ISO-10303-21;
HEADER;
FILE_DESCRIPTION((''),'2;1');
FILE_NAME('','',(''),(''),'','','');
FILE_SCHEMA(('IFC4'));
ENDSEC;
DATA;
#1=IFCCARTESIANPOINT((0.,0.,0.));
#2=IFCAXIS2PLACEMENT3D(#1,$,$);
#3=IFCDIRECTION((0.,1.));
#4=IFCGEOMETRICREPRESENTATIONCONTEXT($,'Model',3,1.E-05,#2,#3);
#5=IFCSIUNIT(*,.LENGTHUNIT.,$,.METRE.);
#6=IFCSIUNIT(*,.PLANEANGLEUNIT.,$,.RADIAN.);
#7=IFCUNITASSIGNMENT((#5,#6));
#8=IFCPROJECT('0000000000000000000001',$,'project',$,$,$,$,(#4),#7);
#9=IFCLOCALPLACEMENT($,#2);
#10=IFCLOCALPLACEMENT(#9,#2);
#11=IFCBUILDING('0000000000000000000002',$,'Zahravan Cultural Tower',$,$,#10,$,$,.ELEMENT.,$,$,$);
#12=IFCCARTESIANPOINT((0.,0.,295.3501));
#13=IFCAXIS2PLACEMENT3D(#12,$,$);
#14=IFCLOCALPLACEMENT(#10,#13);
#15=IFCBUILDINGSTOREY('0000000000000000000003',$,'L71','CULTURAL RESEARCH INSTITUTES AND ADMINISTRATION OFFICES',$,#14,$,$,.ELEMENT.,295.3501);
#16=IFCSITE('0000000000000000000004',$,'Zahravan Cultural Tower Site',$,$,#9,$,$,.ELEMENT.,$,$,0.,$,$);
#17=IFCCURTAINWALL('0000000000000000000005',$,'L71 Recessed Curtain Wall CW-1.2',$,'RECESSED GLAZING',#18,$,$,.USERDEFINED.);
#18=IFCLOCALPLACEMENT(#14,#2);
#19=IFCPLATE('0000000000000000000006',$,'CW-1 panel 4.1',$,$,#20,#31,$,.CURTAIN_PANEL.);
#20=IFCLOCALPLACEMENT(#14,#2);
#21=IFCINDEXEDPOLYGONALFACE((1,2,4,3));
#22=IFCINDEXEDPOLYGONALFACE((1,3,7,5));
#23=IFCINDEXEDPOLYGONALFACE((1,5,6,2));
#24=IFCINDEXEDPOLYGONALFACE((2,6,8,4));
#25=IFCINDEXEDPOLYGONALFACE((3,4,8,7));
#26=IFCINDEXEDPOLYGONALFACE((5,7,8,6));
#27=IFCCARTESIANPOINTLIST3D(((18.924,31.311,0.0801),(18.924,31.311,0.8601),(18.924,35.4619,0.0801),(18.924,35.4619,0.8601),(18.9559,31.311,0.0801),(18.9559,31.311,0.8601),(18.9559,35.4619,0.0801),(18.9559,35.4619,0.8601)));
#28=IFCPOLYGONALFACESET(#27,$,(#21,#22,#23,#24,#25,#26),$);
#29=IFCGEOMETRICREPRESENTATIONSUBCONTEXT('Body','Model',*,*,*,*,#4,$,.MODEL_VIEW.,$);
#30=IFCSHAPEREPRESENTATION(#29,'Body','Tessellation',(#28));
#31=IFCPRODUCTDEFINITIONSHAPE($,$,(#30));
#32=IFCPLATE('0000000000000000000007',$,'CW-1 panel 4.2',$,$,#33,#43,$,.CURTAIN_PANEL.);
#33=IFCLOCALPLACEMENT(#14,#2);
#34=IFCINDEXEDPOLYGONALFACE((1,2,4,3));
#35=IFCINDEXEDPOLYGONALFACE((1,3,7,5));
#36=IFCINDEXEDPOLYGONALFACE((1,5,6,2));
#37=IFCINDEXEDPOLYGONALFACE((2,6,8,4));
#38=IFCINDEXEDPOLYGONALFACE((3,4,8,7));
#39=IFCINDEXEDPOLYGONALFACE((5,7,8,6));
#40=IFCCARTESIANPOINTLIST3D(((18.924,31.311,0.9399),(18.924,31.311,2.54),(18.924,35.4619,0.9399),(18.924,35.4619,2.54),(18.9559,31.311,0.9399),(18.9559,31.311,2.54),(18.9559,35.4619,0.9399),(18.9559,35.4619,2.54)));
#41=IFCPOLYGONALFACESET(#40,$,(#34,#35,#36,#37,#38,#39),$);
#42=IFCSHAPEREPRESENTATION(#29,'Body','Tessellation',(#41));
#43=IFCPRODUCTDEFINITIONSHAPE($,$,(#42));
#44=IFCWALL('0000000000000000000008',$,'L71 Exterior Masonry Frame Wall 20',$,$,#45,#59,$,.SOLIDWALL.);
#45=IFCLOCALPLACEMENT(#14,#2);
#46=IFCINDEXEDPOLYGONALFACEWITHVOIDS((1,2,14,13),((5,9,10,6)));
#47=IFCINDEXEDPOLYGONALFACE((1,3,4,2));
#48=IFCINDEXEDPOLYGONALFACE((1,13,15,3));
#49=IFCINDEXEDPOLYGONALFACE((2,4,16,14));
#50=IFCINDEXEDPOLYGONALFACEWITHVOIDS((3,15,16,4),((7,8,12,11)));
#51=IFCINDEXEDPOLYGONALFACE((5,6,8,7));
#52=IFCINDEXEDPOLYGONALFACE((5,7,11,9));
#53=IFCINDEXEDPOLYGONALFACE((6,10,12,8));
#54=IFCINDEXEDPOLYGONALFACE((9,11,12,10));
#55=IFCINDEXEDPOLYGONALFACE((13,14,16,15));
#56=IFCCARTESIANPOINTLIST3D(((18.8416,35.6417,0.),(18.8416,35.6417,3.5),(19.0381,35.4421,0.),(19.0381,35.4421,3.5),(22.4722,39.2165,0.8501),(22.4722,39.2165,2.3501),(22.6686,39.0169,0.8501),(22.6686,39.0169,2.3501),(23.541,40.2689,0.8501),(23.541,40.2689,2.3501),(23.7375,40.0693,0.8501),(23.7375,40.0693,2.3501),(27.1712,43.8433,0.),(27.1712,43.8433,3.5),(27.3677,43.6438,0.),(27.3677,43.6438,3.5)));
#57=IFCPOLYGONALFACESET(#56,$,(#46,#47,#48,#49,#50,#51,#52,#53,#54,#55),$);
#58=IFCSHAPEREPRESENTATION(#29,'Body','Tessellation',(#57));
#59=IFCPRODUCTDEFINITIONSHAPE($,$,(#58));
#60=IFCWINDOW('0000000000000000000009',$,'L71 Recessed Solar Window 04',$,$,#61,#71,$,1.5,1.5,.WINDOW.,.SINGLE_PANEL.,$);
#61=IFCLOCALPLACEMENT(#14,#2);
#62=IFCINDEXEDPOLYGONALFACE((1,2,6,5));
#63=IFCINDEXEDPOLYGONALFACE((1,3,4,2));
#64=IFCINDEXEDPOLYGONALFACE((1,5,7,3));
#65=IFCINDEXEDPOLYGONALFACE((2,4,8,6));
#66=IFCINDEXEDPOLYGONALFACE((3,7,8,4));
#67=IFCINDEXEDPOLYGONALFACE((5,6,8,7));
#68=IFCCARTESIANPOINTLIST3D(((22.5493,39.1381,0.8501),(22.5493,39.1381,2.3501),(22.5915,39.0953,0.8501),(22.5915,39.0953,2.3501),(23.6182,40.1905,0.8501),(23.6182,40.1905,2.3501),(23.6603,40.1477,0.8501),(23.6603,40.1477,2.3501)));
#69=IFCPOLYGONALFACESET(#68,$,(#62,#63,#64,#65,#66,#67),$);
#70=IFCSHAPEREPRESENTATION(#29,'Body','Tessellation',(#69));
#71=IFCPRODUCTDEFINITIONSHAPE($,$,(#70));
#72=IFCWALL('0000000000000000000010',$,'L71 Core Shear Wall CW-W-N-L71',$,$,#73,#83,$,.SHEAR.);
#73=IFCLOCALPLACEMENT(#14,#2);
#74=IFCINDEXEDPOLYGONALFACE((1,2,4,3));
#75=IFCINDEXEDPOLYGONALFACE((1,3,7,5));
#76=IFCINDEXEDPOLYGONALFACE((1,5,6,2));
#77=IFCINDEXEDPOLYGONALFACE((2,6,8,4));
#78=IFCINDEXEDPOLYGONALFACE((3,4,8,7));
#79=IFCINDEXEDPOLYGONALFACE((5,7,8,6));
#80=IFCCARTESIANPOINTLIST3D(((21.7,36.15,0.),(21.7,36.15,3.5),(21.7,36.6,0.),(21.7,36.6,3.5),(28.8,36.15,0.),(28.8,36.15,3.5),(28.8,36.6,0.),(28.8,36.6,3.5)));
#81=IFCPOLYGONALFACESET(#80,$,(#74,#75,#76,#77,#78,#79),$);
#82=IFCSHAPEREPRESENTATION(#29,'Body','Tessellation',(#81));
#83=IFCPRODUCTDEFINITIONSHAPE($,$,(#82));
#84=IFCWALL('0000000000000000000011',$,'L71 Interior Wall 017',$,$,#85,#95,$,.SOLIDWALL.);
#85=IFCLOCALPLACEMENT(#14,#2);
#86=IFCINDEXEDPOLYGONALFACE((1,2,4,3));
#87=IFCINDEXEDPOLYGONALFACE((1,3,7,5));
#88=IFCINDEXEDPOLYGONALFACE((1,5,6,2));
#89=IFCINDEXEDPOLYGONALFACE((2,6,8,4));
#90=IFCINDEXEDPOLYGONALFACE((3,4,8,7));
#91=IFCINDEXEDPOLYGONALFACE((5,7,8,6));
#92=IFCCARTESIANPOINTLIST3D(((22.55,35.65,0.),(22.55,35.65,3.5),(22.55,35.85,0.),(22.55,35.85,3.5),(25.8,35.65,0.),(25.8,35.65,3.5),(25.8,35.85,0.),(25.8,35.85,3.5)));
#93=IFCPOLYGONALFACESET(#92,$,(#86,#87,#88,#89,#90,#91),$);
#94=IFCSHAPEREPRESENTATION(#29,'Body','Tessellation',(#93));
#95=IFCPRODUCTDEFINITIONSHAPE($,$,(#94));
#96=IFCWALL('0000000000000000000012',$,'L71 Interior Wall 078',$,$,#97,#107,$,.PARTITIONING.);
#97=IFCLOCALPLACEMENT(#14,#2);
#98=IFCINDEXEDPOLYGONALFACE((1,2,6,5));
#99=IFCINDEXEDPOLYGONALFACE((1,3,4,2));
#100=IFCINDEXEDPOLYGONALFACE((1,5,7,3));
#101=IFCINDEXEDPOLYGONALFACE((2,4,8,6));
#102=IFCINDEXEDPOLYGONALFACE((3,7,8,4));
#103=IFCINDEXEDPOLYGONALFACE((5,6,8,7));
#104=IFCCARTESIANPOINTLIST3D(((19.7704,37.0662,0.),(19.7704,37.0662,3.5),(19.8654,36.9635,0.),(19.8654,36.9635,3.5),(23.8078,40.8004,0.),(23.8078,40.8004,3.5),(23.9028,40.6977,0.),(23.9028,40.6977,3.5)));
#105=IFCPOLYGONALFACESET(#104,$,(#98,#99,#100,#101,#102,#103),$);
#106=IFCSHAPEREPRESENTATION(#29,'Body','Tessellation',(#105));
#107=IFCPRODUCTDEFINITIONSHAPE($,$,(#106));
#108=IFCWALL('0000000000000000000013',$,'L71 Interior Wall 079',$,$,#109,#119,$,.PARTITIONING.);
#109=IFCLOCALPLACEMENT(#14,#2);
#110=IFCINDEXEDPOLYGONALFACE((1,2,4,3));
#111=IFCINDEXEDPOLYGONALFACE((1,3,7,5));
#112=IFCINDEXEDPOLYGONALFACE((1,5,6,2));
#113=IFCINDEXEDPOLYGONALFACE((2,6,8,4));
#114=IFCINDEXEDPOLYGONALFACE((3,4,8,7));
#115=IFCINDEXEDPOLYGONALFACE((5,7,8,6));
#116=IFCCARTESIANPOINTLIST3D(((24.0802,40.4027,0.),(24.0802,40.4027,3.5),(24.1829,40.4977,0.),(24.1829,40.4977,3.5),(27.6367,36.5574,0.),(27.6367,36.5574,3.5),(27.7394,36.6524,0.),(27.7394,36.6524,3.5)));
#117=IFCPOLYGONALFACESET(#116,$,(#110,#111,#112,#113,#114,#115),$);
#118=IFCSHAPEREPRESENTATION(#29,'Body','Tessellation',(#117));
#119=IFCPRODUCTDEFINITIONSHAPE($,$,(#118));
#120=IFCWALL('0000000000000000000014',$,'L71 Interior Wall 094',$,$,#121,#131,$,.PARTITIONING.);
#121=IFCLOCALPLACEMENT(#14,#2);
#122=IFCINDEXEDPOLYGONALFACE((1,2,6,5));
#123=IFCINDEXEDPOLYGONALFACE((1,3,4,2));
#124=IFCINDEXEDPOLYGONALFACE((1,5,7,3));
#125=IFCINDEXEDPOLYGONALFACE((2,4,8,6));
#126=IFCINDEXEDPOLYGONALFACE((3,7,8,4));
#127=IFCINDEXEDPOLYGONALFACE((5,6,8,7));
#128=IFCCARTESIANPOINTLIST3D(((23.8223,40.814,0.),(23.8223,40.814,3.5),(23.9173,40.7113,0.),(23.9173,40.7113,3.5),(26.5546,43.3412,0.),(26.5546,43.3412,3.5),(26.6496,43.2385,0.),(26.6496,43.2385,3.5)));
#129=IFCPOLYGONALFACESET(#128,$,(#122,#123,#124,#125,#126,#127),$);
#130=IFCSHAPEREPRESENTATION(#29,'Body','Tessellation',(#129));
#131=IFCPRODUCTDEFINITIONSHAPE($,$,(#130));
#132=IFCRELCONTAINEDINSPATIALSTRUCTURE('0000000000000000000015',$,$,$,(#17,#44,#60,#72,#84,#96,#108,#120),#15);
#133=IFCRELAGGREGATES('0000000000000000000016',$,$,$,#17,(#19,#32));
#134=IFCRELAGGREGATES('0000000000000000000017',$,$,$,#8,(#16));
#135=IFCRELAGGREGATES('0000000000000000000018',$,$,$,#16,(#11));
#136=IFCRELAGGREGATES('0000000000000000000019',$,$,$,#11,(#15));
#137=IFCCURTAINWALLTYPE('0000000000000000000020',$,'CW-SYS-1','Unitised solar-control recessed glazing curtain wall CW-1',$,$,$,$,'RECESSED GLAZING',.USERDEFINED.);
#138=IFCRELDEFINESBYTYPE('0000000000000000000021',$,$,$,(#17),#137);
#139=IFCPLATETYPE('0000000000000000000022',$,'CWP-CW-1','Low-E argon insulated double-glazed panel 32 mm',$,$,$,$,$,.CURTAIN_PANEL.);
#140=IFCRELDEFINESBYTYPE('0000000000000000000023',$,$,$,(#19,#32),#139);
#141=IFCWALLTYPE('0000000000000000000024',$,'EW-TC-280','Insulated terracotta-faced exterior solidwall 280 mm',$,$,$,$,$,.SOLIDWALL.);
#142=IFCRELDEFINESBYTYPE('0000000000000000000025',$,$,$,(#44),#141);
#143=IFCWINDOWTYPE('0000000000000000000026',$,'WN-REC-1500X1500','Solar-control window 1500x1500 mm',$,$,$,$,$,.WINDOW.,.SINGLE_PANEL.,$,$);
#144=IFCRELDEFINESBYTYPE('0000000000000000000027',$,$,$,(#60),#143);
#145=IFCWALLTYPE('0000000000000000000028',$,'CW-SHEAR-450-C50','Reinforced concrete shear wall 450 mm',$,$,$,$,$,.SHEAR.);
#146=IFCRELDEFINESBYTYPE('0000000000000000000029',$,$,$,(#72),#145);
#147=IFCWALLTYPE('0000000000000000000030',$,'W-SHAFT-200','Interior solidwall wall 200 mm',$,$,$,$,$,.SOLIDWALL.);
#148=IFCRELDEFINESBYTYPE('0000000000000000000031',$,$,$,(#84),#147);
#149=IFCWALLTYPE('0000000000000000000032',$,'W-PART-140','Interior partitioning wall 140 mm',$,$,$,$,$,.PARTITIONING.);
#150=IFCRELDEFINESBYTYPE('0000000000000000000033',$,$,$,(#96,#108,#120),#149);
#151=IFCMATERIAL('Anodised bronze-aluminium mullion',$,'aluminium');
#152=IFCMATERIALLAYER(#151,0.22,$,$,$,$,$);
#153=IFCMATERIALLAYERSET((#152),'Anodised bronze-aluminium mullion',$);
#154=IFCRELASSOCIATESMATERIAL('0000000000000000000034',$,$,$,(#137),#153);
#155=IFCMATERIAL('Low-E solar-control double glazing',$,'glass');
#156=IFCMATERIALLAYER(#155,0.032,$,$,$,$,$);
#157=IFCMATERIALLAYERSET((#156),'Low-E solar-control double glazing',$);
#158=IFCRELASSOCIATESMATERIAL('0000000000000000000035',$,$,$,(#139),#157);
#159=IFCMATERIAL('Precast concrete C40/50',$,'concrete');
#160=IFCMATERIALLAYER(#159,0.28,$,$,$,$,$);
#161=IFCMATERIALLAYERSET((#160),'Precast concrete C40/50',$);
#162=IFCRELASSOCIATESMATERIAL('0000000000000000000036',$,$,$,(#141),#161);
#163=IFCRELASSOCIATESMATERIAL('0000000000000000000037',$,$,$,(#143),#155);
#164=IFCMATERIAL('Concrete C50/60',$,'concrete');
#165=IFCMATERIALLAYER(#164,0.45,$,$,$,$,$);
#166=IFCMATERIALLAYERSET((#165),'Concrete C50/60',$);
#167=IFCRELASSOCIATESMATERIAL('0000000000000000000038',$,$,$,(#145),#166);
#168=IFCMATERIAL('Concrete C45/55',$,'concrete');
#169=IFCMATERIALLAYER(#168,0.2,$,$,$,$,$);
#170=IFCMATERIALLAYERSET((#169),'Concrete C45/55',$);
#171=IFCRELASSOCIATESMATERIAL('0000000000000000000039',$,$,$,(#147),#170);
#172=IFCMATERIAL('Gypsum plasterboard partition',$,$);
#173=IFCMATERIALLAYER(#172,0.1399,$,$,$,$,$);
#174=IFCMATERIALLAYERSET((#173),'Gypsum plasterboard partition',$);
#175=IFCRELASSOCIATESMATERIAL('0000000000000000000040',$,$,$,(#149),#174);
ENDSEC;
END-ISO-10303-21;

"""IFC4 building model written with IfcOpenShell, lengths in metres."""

from ifc_helpers import new_model, si_unit, direction, frame, frame_2d, origin, origin_2d, place, context, subcontext, project, spatial, rectangle, extrude, source, transform, mapped, material, layer, layer_set, type_object, element, fill, aggregate, save


model = new_model("IFC4")

# Units and contexts
model_context = context("Model", 3, precision=1e-05, world=origin(), true_north=direction((0.0, 1.0)))
body_context = subcontext(model_context, "Body", "Model", "MODEL_VIEW")
ifc_project = project(units=[si_unit("LENGTHUNIT", "METRE"), si_unit("PLANEANGLEUNIT", "RADIAN")], contexts=[model_context])

# Site, building, storey
site_placement = place(None, origin())
site = spatial("IfcSite", under=ifc_project, at=site_placement, Name="Zahravan Cultural Tower Site", CompositionType="ELEMENT", RefElevation=0.0)
building_placement = place(site_placement, origin())
building = spatial("IfcBuilding", under=site, at=building_placement, Name="Zahravan Cultural Tower", CompositionType="ELEMENT")
storey_placement = place(building_placement, frame((0.0, 0.0, 295.3501)))
storey = spatial("IfcBuildingStorey", under=building, at=storey_placement, Name="L71", Description="CULTURAL RESEARCH INSTITUTES AND ADMINISTRATION OFFICES", CompositionType="ELEMENT", Elevation=295.3501)

# Shared definitions
ifc_material_1 = material(Name="Concrete C50/60", Category="concrete")

# Curtain wall, plates
ifc_material_2 = material(Name="Anodised bronze-aluminium mullion", Category="aluminium")
ifc_layer_1 = layer(ifc_material_2, 0.22)
ifc_layer_set_1 = layer_set([ifc_layer_1], Name="Anodised bronze-aluminium mullion")
curtain_wall_type = type_object("IfcCurtainWallType", Name="CW-SYS-1", Description="Unitised solar-control recessed glazing curtain wall CW-1", ElementType="RECESSED GLAZING", PredefinedType="USERDEFINED", material=ifc_layer_set_1)
curtain_wall_placement = place(storey_placement, origin())
curtain_wall = element("IfcCurtainWall", 1, at=curtain_wall_placement, inside=storey, type_object=curtain_wall_type, Name="L71 Recessed Curtain Wall CW-1.2", ObjectType="RECESSED GLAZING", PredefinedType="USERDEFINED")
ifc_material_3 = material(Name="Low-E solar-control double glazing", Category="glass")
ifc_layer_2 = layer(ifc_material_3, 0.032)
ifc_layer_set_2 = layer_set([ifc_layer_2], Name="Low-E solar-control double glazing")
plate_type = type_object("IfcPlateType", Name="CWP-CW-1", Description="Low-E argon insulated double-glazed panel 32 mm", PredefinedType="CURTAIN_PANEL", material=ifc_layer_set_2)
shared_shape_1 = source(origin(), body_context, "Body", "SweptSolid", [
    extrude(rectangle(XDim=4.1509, YDim=0.032, at=origin_2d()), origin(), (0.0, 0.0, 1.0), 0.78),
])
plate_1_placement = place(storey_placement, frame((18.9399, 33.3865, 0.0801), z_axis=(0.0, 0.0, 1.0), x_axis=(0.0, 1.0, 0.0)))
plate_1 = element("IfcPlate", 2, at=plate_1_placement, type_object=plate_type, Name="CW-1 panel 4.1", PredefinedType="CURTAIN_PANEL", context=body_context, shape_type="MappedRepresentation", body=[
    mapped(shared_shape_1, transform((0.0, 0.0, 0.0), x_axis=(1.0, 0.0, 0.0), y_axis=(0.0, 1.0, 0.0), z_axis=(0.0, 0.0, 1.0), scale=1.0)),
])
shared_shape_2 = source(origin(), body_context, "Body", "SweptSolid", [
    extrude(rectangle(XDim=4.1509, YDim=0.032, at=origin_2d()), origin(), (0.0, 0.0, 1.0), 1.6001),
])
plate_2_placement = place(storey_placement, frame((18.9399, 33.3865, 0.9399), z_axis=(0.0, 0.0, 1.0), x_axis=(0.0, 1.0, 0.0)))
plate_2 = element("IfcPlate", 3, at=plate_2_placement, type_object=plate_type, Name="CW-1 panel 4.2", PredefinedType="CURTAIN_PANEL", context=body_context, shape_type="MappedRepresentation", body=[
    mapped(shared_shape_2, transform((0.0, 0.0, 0.0), x_axis=(1.0, 0.0, 0.0), y_axis=(0.0, 1.0, 0.0), z_axis=(0.0, 0.0, 1.0), scale=1.0)),
])
aggregate(curtain_wall, [plate_1, plate_2])

# Wall, opening, window
ifc_material_4 = material(Name="Precast concrete C40/50", Category="concrete")
ifc_layer_3 = layer(ifc_material_4, 0.28)
ifc_layer_set_3 = layer_set([ifc_layer_3], Name="Precast concrete C40/50")
wall_type_1 = type_object("IfcWallType", Name="EW-TC-280", Description="Insulated terracotta-faced exterior solidwall 280 mm", PredefinedType="SOLIDWALL", material=ifc_layer_set_3)
wall_1_placement = place(storey_placement, frame((18.9399, 35.542, 0.0), z_axis=(0.0, 0.0, 1.0), x_axis=(0.712558, 0.701614, 0.0)))
wall_1 = element("IfcWall", 4, at=wall_1_placement, inside=storey, type_object=wall_type_1, Name="L71 Exterior Masonry Frame Wall 20", PredefinedType="SOLIDWALL", context=body_context, shape_type="SweptSolid", body=[
    extrude(rectangle(XDim=11.6897, YDim=0.28, at=frame_2d((5.8447, 0.0))), origin(), (0.0, 0.0, 1.0), 3.5),
])
opening_placement = place(wall_1_placement, frame((5.095, 0.0, 0.8501)))
opening = element("IfcOpeningElement", 5, at=opening_placement, cuts=wall_1, PredefinedType="OPENING", context=body_context, shape_type="SweptSolid", body=[
    extrude(rectangle(XDim=1.5, YDim=1.5, at=frame_2d((0.75, 0.75))), frame((0.0, 0.1499, 0.0), z_axis=(0.0, -1.0, 0.0), x_axis=(1.0, 0.0, 0.0)), (0.0, 0.0, 1.0), 0.3),
])
window_type = type_object("IfcWindowType", Name="WN-REC-1500X1500", Description="Solar-control window 1500x1500 mm", PartitioningType="SINGLE_PANEL", PredefinedType="WINDOW", material=ifc_material_3)
shared_shape_3 = source(origin(), body_context, "Body", "SweptSolid", [
    extrude(rectangle(XDim=1.5, YDim=1.5, at=frame_2d((0.75, 0.75))), frame((0.0, 0.03, 0.0), z_axis=(0.0, -1.0, 0.0), x_axis=(1.0, 0.0, 0.0)), (0.0, 0.0, 1.0), 0.0601),
])
window_placement = place(opening_placement, origin())
window = element("IfcWindow", 6, at=window_placement, inside=storey, type_object=window_type, Name="L71 Recessed Solar Window 04", OverallHeight=1.5, OverallWidth=1.5, PartitioningType="SINGLE_PANEL", PredefinedType="WINDOW", context=body_context, shape_type="MappedRepresentation", body=[
    mapped(shared_shape_3, transform((0.0, 0.0, 0.0), x_axis=(1.0, 0.0, 0.0), y_axis=(0.0, 1.0, 0.0), z_axis=(0.0, 0.0, 1.0), scale=1.0)),
])
fill(opening, window)

# Walls
ifc_layer_4 = layer(ifc_material_1, 0.45)
ifc_layer_set_4 = layer_set([ifc_layer_4], Name="Concrete C50/60")
wall_type_2 = type_object("IfcWallType", Name="CW-SHEAR-450-C50", Description="Reinforced concrete shear wall 450 mm", PredefinedType="SHEAR", material=ifc_layer_set_4)
shared_shape_4 = source(origin(), body_context, "Body", "SweptSolid", [
    extrude(rectangle(XDim=7.1001, YDim=0.45, at=frame_2d((3.55, 0.0))), origin(), (0.0, 0.0, 1.0), 3.5),
])
wall_2_placement = place(storey_placement, frame((21.7, 36.375, 0.0), z_axis=(0.0, 0.0, 1.0), x_axis=(1.0, 0.0, 0.0)))
element("IfcWall", 7, at=wall_2_placement, inside=storey, type_object=wall_type_2, Name="L71 Core Shear Wall CW-W-N-L71", PredefinedType="SHEAR", context=body_context, shape_type="MappedRepresentation", body=[
    mapped(shared_shape_4, transform((0.0, 0.0, 0.0), x_axis=(1.0, 0.0, 0.0), y_axis=(0.0, 1.0, 0.0), z_axis=(0.0, 0.0, 1.0), scale=1.0)),
])
ifc_material_5 = material(Name="Concrete C45/55", Category="concrete")
ifc_layer_5 = layer(ifc_material_5, 0.2)
ifc_layer_set_5 = layer_set([ifc_layer_5], Name="Concrete C45/55")
wall_type_3 = type_object("IfcWallType", Name="W-SHAFT-200", Description="Interior solidwall wall 200 mm", PredefinedType="SOLIDWALL", material=ifc_layer_set_5)
shared_shape_5 = source(origin(), body_context, "Body", "SweptSolid", [
    extrude(rectangle(XDim=3.25, YDim=0.2, at=frame_2d((1.625, 0.0))), origin(), (0.0, 0.0, 1.0), 3.5),
])
wall_3_placement = place(storey_placement, frame((22.55, 35.75, 0.0), z_axis=(0.0, 0.0, 1.0), x_axis=(1.0, 0.0, 0.0)))
element("IfcWall", 8, at=wall_3_placement, inside=storey, type_object=wall_type_3, Name="L71 Interior Wall 017", PredefinedType="SOLIDWALL", context=body_context, shape_type="MappedRepresentation", body=[
    mapped(shared_shape_5, transform((0.0, 0.0, 0.0), x_axis=(1.0, 0.0, 0.0), y_axis=(0.0, 1.0, 0.0), z_axis=(0.0, 0.0, 1.0), scale=1.0)),
])
ifc_material_6 = material(Name="Gypsum plasterboard partition")
ifc_layer_6 = layer(ifc_material_6, 0.1399)
ifc_layer_set_6 = layer_set([ifc_layer_6], Name="Gypsum plasterboard partition")
wall_type_4 = type_object("IfcWallType", Name="W-PART-140", Description="Interior partitioning wall 140 mm", PredefinedType="PARTITIONING", material=ifc_layer_set_6)
shared_shape_6 = source(origin(), body_context, "Body", "SweptSolid", [
    extrude(rectangle(XDim=5.4995, YDim=0.1399, at=frame_2d((2.7498, 0.0))), origin(), (0.0, 0.0, 1.0), 3.5),
])
wall_4_placement = place(storey_placement, frame((19.8179, 37.0149, 0.0), z_axis=(0.0, 0.0, 1.0), x_axis=(0.734138, 0.679001, 0.0)))
element("IfcWall", 9, at=wall_4_placement, inside=storey, type_object=wall_type_4, Name="L71 Interior Wall 078", PredefinedType="PARTITIONING", context=body_context, shape_type="MappedRepresentation", body=[
    mapped(shared_shape_6, transform((0.0, 0.0, 0.0), x_axis=(1.0, 0.0, 0.0), y_axis=(0.0, 1.0, 0.0), z_axis=(0.0, 0.0, 1.0), scale=1.0)),
])
shared_shape_7 = source(origin(), body_context, "Body", "SweptSolid", [
    extrude(rectangle(XDim=5.2378, YDim=0.1399, at=frame_2d((2.6189, 0.0))), origin(), (0.0, 0.0, 1.0), 3.5),
])
wall_5_placement = place(storey_placement, frame((24.1316, 40.4502, 0.0), z_axis=(0.0, 0.0, 1.0), x_axis=(0.678998, -0.73414, 0.0)))
element("IfcWall", 10, at=wall_5_placement, inside=storey, type_object=wall_type_4, Name="L71 Interior Wall 079", PredefinedType="PARTITIONING", context=body_context, shape_type="MappedRepresentation", body=[
    mapped(shared_shape_7, transform((0.0, 0.0, 0.0), x_axis=(1.0, 0.0, 0.0), y_axis=(0.0, 1.0, 0.0), z_axis=(0.0, 0.0, 1.0), scale=1.0)),
])
shared_shape_8 = source(origin(), body_context, "Body", "SweptSolid", [
    extrude(rectangle(XDim=3.7219, YDim=0.1399, at=frame_2d((1.8608, 0.0))), origin(), (0.0, 0.0, 1.0), 3.5),
])
wall_6_placement = place(storey_placement, frame((23.8699, 40.7627, 0.0), z_axis=(0.0, 0.0, 1.0), x_axis=(0.734119, 0.679021, 0.0)))
element("IfcWall", 11, at=wall_6_placement, inside=storey, type_object=wall_type_4, Name="L71 Interior Wall 094", PredefinedType="PARTITIONING", context=body_context, shape_type="MappedRepresentation", body=[
    mapped(shared_shape_8, transform((0.0, 0.0, 0.0), x_axis=(1.0, 0.0, 0.0), y_axis=(0.0, 1.0, 0.0), z_axis=(0.0, 0.0, 1.0), scale=1.0)),
])

save(model, "model.ifc")
